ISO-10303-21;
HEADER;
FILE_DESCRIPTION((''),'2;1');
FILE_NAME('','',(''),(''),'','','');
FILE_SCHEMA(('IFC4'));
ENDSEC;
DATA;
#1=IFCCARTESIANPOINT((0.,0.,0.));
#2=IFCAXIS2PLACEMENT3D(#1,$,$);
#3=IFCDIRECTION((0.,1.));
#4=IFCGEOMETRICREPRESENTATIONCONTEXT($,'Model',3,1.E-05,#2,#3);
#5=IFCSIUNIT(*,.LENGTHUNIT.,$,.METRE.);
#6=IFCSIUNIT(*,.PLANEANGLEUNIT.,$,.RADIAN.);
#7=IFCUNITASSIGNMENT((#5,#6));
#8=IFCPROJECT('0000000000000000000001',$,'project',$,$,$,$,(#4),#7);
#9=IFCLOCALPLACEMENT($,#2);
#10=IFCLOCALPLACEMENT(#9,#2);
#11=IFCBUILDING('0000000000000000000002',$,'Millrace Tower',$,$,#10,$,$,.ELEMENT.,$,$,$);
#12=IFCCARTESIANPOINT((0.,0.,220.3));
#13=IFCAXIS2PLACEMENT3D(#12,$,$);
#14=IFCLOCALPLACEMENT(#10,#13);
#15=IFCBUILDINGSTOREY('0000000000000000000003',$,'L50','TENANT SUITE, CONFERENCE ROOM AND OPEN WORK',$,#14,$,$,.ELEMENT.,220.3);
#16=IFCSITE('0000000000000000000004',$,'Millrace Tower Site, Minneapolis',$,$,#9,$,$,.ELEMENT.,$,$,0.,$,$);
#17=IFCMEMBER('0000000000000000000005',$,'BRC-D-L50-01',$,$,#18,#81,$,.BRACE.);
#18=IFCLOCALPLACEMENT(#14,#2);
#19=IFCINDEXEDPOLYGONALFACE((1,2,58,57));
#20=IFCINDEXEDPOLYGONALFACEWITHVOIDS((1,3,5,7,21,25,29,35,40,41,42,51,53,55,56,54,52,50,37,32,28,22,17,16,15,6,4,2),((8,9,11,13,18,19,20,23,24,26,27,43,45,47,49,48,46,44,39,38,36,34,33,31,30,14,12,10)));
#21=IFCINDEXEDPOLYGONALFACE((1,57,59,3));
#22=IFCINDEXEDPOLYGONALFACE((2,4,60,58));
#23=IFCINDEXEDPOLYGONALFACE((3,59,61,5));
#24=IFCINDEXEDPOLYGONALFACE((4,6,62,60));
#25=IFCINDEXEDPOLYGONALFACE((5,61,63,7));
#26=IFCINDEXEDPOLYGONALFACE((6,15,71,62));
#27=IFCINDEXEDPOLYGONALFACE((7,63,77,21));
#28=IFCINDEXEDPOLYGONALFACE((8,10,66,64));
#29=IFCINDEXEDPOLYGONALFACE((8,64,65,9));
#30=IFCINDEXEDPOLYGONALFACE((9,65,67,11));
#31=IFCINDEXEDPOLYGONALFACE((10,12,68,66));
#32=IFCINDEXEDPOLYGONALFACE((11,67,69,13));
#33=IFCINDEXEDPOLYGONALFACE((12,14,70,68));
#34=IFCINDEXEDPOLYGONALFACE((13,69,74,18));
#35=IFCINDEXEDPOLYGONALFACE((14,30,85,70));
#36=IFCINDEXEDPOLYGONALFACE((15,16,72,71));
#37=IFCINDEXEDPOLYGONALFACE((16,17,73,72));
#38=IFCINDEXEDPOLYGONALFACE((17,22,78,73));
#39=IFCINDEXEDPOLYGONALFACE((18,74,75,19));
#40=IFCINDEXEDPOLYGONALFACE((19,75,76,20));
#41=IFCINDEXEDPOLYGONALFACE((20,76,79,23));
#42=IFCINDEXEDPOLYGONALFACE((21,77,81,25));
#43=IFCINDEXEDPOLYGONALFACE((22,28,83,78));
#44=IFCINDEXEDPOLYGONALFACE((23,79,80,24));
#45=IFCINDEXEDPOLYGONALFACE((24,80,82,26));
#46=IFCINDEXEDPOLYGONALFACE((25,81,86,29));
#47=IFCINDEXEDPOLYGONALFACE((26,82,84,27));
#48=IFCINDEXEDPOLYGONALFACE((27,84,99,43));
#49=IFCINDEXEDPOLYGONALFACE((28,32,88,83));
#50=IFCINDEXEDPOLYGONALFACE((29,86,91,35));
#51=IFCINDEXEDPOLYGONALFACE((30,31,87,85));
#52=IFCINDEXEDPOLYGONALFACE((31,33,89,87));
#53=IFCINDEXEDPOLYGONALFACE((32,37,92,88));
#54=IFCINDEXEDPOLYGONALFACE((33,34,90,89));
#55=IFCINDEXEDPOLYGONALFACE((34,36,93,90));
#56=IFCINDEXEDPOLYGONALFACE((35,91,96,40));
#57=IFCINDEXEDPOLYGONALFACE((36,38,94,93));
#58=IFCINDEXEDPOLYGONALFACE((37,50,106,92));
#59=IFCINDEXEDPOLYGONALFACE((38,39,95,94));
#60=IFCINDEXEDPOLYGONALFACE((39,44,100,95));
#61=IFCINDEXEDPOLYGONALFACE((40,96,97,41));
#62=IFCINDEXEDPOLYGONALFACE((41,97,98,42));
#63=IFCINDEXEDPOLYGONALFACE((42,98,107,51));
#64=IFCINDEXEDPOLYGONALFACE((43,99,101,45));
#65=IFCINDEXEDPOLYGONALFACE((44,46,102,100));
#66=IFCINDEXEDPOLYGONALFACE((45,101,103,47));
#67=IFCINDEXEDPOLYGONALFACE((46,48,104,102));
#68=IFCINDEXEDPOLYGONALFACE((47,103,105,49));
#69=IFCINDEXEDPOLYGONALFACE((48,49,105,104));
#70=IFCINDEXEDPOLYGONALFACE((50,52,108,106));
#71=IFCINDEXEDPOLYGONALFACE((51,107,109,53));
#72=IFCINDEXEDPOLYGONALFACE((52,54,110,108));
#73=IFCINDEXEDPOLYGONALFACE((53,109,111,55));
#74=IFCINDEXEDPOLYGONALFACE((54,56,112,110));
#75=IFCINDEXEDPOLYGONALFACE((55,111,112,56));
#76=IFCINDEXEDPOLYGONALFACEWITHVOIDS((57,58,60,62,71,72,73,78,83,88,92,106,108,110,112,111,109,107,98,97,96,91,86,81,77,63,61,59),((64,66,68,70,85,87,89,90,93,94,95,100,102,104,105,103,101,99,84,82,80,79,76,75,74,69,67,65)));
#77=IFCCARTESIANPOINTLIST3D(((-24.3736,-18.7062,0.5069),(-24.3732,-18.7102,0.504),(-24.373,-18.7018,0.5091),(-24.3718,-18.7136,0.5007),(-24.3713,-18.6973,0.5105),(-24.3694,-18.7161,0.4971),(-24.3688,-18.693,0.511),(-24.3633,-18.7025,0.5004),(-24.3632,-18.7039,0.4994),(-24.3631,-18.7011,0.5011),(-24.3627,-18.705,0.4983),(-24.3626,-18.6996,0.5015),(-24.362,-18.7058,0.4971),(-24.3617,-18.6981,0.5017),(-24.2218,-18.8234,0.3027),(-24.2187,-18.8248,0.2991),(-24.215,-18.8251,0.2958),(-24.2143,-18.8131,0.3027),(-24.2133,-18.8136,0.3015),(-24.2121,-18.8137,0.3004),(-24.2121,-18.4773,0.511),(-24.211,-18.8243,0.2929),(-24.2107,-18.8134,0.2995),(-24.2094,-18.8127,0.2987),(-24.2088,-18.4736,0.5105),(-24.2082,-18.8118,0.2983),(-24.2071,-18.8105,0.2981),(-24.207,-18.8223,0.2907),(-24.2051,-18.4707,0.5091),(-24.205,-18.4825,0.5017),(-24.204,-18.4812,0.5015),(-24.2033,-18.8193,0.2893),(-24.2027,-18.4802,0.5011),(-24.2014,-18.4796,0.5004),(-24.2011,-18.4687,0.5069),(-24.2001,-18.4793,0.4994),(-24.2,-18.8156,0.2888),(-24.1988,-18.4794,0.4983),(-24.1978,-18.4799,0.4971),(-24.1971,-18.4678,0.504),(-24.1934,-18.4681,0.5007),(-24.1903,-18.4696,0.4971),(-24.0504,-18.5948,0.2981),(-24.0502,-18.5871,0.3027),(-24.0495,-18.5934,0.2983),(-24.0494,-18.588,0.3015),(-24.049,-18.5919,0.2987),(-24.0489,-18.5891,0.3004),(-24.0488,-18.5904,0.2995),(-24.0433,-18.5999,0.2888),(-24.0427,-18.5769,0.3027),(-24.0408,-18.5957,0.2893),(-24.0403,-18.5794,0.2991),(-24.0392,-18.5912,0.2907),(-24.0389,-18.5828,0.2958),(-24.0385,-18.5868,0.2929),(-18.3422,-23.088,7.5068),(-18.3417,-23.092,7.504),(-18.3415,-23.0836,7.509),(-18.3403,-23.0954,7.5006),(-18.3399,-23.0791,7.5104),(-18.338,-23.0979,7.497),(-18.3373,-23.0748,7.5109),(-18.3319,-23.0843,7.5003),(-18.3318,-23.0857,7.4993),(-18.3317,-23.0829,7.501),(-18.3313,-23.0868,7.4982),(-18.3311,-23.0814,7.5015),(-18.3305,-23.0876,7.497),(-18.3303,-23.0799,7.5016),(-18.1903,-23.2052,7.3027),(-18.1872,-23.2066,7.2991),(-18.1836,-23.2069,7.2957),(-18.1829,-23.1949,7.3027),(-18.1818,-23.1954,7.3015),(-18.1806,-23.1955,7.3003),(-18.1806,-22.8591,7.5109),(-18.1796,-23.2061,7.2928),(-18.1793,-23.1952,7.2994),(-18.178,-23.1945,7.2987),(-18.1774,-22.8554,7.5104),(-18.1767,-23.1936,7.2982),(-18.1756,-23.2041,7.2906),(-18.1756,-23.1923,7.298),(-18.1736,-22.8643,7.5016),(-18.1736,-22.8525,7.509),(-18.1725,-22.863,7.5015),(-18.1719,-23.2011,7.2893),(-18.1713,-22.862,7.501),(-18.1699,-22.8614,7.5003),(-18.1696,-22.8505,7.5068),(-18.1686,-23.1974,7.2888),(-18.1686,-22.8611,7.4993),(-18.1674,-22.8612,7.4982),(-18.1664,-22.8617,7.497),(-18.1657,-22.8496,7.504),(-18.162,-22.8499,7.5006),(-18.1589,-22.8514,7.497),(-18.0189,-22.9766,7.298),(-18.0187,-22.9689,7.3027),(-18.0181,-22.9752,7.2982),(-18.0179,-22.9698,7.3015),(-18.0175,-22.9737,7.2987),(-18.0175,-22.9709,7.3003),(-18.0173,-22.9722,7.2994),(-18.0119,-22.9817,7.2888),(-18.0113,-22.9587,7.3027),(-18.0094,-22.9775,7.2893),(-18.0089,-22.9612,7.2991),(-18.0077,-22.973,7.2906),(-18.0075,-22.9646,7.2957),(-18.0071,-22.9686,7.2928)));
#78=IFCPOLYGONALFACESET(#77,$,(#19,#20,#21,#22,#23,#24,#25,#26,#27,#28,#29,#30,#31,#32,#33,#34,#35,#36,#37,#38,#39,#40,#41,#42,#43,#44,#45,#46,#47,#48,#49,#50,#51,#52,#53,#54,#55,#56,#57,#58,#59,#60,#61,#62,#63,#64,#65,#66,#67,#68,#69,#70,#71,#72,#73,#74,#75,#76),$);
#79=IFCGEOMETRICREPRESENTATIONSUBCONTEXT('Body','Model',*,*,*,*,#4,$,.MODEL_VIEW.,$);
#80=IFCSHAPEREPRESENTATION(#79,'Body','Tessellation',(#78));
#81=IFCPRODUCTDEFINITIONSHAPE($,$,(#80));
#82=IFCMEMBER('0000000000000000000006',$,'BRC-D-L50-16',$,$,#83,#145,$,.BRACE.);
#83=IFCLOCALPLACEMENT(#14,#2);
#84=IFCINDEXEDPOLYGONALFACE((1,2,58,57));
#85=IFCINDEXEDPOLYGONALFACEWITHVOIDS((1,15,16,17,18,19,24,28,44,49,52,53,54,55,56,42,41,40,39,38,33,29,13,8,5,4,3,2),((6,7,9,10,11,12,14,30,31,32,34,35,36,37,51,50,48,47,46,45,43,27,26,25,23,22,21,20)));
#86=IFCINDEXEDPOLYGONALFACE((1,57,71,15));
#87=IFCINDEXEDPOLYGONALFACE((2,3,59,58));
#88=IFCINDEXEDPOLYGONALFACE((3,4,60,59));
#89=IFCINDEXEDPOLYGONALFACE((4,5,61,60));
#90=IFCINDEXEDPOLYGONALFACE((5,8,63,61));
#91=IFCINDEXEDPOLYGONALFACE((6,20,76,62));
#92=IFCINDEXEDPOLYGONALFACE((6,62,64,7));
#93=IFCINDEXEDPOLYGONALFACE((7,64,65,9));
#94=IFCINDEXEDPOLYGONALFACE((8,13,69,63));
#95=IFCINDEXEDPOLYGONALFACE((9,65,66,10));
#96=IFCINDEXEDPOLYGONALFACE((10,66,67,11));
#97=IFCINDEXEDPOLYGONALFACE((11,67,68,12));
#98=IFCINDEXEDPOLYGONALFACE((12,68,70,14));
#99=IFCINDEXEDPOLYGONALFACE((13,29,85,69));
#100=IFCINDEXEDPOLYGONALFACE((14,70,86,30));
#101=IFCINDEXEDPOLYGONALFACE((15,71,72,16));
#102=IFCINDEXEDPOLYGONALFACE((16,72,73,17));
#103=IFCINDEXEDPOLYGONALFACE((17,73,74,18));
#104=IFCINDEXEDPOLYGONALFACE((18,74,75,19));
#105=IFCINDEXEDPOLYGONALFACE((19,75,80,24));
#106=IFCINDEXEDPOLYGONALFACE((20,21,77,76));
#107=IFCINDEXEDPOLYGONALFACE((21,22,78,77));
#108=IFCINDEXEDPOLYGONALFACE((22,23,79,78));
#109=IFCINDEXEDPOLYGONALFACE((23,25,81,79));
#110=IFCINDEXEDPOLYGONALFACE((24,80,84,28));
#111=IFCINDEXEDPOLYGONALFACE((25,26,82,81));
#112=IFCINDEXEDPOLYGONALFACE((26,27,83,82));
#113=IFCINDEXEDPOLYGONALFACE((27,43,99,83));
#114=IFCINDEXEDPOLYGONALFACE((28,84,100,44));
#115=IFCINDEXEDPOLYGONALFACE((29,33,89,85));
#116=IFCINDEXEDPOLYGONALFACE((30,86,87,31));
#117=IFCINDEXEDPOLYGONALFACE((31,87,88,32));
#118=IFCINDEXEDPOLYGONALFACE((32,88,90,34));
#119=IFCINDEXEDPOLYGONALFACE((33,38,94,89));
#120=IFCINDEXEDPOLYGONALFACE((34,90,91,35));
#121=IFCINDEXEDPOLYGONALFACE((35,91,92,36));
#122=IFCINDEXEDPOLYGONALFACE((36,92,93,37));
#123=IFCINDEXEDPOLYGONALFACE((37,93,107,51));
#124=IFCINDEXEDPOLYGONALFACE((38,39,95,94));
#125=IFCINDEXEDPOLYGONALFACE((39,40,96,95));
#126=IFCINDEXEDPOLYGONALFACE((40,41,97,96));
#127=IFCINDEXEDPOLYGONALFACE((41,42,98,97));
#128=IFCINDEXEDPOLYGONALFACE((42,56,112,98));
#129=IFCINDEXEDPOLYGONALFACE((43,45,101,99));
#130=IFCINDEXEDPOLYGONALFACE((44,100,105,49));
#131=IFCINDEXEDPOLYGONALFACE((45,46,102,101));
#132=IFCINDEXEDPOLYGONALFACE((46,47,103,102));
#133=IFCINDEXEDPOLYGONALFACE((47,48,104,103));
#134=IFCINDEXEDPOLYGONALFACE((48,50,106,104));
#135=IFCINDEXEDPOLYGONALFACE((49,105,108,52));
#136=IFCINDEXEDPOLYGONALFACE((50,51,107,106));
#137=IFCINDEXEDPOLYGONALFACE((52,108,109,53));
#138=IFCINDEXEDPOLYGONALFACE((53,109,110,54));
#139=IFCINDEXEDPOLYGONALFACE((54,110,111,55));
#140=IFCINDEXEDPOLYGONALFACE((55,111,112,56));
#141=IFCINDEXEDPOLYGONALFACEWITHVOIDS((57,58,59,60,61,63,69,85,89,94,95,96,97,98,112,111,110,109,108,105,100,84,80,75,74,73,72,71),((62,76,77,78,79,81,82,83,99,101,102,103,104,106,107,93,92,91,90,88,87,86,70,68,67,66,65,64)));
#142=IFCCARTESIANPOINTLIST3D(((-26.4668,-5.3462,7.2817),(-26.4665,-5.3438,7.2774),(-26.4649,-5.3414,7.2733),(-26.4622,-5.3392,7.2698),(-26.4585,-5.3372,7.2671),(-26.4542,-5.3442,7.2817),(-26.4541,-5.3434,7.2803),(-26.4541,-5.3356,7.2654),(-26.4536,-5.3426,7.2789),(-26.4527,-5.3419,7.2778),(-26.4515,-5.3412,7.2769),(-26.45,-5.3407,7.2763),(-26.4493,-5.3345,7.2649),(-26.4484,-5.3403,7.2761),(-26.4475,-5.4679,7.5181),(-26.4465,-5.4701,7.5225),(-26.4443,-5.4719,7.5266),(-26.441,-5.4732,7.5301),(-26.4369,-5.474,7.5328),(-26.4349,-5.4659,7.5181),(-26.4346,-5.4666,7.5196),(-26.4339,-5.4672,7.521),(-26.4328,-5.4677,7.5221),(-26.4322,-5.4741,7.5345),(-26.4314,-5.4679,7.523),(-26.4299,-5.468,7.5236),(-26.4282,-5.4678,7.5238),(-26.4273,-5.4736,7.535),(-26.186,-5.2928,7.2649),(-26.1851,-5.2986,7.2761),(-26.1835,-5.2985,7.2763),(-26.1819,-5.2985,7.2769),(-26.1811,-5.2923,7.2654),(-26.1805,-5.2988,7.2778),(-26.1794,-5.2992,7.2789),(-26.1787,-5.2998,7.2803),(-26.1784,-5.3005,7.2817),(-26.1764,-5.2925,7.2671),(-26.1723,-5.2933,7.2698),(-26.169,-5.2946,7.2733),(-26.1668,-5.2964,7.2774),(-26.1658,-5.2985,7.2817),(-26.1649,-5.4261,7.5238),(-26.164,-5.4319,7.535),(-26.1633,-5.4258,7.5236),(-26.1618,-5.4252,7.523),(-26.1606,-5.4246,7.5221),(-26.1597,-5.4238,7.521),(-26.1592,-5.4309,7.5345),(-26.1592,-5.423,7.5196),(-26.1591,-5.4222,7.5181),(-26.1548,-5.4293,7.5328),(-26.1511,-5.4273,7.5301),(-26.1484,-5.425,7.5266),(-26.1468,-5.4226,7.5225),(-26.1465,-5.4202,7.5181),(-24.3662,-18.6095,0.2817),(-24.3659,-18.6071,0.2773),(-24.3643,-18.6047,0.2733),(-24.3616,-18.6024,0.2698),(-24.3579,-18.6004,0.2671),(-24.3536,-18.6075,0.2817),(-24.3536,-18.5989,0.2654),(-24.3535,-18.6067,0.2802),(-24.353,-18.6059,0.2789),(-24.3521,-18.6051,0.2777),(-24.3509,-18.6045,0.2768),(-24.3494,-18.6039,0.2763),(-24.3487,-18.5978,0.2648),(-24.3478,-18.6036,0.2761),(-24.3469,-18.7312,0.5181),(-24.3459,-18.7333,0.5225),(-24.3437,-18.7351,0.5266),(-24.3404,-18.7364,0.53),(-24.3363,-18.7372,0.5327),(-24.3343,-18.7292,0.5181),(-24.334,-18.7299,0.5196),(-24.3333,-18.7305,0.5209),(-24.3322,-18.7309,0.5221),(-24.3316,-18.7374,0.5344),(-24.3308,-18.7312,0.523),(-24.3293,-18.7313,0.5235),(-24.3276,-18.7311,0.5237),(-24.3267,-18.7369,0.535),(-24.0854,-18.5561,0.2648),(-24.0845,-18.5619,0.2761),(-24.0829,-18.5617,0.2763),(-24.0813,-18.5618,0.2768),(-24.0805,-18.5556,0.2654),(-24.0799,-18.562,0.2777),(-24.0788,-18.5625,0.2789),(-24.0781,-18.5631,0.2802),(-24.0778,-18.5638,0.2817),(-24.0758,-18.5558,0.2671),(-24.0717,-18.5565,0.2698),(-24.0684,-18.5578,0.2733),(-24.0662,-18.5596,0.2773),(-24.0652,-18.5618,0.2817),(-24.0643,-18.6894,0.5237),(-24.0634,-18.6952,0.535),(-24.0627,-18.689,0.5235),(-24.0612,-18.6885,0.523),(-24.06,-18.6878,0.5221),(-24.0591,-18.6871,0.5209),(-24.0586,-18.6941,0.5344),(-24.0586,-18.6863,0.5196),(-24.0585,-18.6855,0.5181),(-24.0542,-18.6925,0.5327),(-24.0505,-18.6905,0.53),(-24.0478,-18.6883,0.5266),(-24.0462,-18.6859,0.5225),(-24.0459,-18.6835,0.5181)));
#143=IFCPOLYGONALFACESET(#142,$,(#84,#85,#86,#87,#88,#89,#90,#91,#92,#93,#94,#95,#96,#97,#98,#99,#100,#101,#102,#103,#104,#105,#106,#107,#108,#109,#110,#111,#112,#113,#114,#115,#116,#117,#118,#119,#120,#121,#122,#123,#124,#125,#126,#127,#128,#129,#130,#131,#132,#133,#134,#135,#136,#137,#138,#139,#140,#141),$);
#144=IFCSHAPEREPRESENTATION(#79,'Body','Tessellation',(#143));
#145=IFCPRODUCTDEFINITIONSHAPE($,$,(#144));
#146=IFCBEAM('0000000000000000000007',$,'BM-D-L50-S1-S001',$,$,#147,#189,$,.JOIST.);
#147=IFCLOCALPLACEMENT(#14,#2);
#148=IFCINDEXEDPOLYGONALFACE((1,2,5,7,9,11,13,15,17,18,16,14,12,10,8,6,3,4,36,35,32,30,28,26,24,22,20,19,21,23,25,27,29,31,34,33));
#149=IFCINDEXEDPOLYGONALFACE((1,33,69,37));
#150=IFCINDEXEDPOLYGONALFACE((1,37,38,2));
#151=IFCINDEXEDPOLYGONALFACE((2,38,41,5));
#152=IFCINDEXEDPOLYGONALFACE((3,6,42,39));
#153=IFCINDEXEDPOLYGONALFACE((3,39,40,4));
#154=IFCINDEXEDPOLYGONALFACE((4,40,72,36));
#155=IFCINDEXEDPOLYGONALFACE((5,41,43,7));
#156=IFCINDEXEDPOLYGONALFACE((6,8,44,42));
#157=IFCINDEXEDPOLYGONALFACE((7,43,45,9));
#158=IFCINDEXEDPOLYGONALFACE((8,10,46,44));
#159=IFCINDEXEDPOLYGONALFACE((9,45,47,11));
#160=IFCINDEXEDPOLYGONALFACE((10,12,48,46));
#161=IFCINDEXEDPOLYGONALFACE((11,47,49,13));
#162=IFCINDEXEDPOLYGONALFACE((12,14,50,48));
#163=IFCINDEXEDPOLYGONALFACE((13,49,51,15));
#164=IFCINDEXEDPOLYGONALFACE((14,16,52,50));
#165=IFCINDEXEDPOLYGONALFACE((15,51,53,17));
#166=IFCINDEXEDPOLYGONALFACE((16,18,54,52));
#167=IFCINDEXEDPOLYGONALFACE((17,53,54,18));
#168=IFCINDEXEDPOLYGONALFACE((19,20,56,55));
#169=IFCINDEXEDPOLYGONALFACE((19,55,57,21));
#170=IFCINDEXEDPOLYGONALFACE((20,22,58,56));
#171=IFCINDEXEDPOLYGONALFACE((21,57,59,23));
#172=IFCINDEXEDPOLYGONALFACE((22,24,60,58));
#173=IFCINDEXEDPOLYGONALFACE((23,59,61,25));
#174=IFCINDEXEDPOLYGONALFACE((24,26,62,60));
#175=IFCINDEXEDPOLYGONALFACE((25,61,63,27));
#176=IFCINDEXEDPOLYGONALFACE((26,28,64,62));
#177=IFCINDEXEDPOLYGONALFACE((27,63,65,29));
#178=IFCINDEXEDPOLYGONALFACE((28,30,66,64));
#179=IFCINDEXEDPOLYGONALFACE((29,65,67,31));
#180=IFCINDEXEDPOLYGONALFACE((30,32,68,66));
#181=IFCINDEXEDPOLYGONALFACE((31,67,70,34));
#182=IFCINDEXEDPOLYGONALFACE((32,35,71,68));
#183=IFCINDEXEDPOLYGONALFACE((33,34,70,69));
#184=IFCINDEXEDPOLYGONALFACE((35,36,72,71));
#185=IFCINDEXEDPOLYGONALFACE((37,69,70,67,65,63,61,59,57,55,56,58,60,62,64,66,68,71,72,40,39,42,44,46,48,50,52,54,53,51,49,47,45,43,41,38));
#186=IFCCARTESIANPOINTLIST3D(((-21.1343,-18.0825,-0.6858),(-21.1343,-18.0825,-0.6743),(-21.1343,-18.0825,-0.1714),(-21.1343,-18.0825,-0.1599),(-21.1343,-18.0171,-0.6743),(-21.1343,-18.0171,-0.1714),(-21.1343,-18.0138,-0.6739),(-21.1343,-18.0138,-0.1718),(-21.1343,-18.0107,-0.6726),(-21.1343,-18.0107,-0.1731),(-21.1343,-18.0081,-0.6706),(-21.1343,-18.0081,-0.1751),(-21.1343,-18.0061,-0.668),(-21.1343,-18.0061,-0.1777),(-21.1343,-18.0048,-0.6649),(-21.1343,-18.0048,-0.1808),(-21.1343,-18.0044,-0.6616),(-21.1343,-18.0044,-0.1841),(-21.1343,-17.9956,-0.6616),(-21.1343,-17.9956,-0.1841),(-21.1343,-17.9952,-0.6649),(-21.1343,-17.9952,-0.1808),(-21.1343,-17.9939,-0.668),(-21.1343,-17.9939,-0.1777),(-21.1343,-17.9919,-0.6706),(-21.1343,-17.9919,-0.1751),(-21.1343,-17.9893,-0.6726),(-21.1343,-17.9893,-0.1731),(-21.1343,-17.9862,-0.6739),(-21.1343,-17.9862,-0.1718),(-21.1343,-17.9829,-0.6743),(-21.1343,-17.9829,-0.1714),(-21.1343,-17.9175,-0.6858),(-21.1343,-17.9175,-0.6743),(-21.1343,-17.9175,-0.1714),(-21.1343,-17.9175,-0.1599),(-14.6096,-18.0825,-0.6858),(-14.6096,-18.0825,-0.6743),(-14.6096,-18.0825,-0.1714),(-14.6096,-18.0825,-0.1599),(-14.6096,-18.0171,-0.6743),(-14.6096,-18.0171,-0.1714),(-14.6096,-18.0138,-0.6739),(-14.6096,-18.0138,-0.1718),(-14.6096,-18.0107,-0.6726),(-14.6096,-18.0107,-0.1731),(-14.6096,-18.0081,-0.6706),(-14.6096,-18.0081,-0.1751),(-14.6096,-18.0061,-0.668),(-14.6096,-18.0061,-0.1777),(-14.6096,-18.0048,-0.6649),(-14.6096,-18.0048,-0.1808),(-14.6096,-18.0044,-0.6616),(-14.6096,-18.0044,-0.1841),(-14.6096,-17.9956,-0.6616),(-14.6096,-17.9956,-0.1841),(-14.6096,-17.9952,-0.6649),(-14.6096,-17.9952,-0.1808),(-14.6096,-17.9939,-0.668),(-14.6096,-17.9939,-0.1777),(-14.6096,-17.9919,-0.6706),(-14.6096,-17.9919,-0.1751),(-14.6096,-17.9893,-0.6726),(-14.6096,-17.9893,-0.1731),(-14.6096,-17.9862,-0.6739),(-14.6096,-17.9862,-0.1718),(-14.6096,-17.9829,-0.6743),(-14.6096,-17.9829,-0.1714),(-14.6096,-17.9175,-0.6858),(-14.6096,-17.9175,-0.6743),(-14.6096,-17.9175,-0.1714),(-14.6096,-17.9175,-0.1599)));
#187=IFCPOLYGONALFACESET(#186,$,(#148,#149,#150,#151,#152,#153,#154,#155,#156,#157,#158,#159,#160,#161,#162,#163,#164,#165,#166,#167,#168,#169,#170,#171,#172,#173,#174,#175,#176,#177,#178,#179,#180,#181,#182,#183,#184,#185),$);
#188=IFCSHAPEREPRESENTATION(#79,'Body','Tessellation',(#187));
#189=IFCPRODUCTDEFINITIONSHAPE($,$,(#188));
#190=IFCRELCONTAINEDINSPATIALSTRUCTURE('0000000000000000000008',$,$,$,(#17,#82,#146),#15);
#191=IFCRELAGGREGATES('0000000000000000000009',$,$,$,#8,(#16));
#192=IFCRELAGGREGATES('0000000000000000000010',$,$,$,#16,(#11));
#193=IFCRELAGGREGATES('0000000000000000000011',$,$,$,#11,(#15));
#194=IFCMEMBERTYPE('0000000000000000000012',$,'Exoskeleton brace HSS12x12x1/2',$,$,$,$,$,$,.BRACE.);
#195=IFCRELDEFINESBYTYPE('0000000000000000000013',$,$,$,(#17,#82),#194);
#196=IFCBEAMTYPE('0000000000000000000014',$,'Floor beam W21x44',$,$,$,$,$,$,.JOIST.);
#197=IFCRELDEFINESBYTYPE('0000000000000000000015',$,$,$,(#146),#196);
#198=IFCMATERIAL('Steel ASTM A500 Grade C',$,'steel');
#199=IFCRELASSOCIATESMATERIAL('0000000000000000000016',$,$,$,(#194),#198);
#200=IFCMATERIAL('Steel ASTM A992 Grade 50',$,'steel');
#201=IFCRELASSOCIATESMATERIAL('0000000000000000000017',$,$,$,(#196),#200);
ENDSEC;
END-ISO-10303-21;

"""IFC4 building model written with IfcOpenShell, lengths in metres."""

from ifc_helpers import new_model, si_unit, direction, frame, origin, origin_2d, place, context, subcontext, project, spatial, hollow_rectangle, i_section, extrude, material, material_profile, profile_set, type_object, element, save


model = new_model("IFC4")

# Units and contexts
model_context = context("Model", 3, precision=1e-05, world=origin(), true_north=direction((0.0, 1.0)))
body_context = subcontext(model_context, "Body", "Model", "MODEL_VIEW")
ifc_project = project(units=[si_unit("LENGTHUNIT", "METRE"), si_unit("PLANEANGLEUNIT", "RADIAN")], contexts=[model_context])

# Site, building, storey
site_placement = place(None, origin())
site = spatial("IfcSite", under=ifc_project, at=site_placement, Name="Millrace Tower Site, Minneapolis", CompositionType="ELEMENT", RefElevation=0.0)
building_placement = place(site_placement, origin())
building = spatial("IfcBuilding", under=site, at=building_placement, Name="Millrace Tower", CompositionType="ELEMENT")
storey_placement = place(building_placement, frame((0.0, 0.0, 220.3)))
storey = spatial("IfcBuildingStorey", under=building, at=storey_placement, Name="L50", Description="TENANT SUITE, CONFERENCE ROOM AND OPEN WORK", CompositionType="ELEMENT", Elevation=220.3)

# Members
ifc_material_1 = material(Name="Steel ASTM A500 Grade C", Category="steel")
ifc_material_profile_1 = material_profile(ifc_material_1, hollow_rectangle(XDim=0.3047, YDim=0.3047, WallThickness=0.0127, InnerFilletRadius=0.0063, OuterFilletRadius=0.019, at=origin_2d()))
ifc_profile_set_1 = profile_set([ifc_material_profile_1], Name="Steel ASTM A500 Grade C")
member_type_1 = type_object("IfcMemberType", Name="Exoskeleton brace HSS12x12x1/2", PredefinedType="BRACE", material=ifc_profile_set_1)
member_1_placement = place(storey_placement, frame((-24.2061, -18.6465, 0.3999), z_axis=(0.589796, -0.428482, 0.684502), x_axis=(0.587759, 0.809036, 0.0)))
element("IfcMember", 1, at=member_1_placement, inside=storey, type_object=member_type_1, Name="BRC-D-L50-01", PredefinedType="BRACE", context=body_context, shape_type="SweptSolid", body=[
    extrude(hollow_rectangle(XDim=0.3047, YDim=0.3047, WallThickness=0.0127, InnerFilletRadius=0.0063, OuterFilletRadius=0.019, at=origin_2d()), origin(), (0.0, 0.0, 1.0), 10.2263),
])
member_2_placement = place(storey_placement, frame((-24.2061, -18.6465, 0.3999), z_axis=(-0.138712, 0.875836, 0.462246), x_axis=(-0.987689, -0.156427, 0.0)))
element("IfcMember", 2, at=member_2_placement, inside=storey, type_object=member_type_1, Name="BRC-D-L50-16", PredefinedType="BRACE", context=body_context, shape_type="SweptSolid", body=[
    extrude(hollow_rectangle(XDim=0.3047, YDim=0.3047, WallThickness=0.0127, InnerFilletRadius=0.0063, OuterFilletRadius=0.019, at=origin_2d()), origin(), (0.0, 0.0, 1.0), 15.1436),
])

# Beam
ifc_material_2 = material(Name="Steel ASTM A992 Grade 50", Category="steel")
ifc_material_profile_2 = material_profile(ifc_material_2, i_section(OverallWidth=0.165, OverallDepth=0.5259, WebThickness=0.0088, FlangeThickness=0.0115, FilletRadius=0.0127, at=origin_2d()))
ifc_profile_set_2 = profile_set([ifc_material_profile_2], Name="Steel ASTM A992 Grade 50")
beam_type_1 = type_object("IfcBeamType", Name="Floor beam W21x44", PredefinedType="JOIST", material=ifc_profile_set_2)
beam_1_placement = place(storey_placement, frame((-21.1343, -18.0, -0.4229), z_axis=(1.0, 0.0, 0.0), x_axis=(0.0, 1.0, 0.0)))
element("IfcBeam", 3, at=beam_1_placement, inside=storey, type_object=beam_type_1, Name="BM-D-L50-S1-S001", PredefinedType="JOIST", context=body_context, shape_type="SweptSolid", body=[
    extrude(i_section(OverallWidth=0.165, OverallDepth=0.5259, WebThickness=0.0088, FlangeThickness=0.0115, FilletRadius=0.0127, at=origin_2d()), origin(), (0.0, 0.0, 1.0), 6.5247),
])

save(model, "model.ifc")
